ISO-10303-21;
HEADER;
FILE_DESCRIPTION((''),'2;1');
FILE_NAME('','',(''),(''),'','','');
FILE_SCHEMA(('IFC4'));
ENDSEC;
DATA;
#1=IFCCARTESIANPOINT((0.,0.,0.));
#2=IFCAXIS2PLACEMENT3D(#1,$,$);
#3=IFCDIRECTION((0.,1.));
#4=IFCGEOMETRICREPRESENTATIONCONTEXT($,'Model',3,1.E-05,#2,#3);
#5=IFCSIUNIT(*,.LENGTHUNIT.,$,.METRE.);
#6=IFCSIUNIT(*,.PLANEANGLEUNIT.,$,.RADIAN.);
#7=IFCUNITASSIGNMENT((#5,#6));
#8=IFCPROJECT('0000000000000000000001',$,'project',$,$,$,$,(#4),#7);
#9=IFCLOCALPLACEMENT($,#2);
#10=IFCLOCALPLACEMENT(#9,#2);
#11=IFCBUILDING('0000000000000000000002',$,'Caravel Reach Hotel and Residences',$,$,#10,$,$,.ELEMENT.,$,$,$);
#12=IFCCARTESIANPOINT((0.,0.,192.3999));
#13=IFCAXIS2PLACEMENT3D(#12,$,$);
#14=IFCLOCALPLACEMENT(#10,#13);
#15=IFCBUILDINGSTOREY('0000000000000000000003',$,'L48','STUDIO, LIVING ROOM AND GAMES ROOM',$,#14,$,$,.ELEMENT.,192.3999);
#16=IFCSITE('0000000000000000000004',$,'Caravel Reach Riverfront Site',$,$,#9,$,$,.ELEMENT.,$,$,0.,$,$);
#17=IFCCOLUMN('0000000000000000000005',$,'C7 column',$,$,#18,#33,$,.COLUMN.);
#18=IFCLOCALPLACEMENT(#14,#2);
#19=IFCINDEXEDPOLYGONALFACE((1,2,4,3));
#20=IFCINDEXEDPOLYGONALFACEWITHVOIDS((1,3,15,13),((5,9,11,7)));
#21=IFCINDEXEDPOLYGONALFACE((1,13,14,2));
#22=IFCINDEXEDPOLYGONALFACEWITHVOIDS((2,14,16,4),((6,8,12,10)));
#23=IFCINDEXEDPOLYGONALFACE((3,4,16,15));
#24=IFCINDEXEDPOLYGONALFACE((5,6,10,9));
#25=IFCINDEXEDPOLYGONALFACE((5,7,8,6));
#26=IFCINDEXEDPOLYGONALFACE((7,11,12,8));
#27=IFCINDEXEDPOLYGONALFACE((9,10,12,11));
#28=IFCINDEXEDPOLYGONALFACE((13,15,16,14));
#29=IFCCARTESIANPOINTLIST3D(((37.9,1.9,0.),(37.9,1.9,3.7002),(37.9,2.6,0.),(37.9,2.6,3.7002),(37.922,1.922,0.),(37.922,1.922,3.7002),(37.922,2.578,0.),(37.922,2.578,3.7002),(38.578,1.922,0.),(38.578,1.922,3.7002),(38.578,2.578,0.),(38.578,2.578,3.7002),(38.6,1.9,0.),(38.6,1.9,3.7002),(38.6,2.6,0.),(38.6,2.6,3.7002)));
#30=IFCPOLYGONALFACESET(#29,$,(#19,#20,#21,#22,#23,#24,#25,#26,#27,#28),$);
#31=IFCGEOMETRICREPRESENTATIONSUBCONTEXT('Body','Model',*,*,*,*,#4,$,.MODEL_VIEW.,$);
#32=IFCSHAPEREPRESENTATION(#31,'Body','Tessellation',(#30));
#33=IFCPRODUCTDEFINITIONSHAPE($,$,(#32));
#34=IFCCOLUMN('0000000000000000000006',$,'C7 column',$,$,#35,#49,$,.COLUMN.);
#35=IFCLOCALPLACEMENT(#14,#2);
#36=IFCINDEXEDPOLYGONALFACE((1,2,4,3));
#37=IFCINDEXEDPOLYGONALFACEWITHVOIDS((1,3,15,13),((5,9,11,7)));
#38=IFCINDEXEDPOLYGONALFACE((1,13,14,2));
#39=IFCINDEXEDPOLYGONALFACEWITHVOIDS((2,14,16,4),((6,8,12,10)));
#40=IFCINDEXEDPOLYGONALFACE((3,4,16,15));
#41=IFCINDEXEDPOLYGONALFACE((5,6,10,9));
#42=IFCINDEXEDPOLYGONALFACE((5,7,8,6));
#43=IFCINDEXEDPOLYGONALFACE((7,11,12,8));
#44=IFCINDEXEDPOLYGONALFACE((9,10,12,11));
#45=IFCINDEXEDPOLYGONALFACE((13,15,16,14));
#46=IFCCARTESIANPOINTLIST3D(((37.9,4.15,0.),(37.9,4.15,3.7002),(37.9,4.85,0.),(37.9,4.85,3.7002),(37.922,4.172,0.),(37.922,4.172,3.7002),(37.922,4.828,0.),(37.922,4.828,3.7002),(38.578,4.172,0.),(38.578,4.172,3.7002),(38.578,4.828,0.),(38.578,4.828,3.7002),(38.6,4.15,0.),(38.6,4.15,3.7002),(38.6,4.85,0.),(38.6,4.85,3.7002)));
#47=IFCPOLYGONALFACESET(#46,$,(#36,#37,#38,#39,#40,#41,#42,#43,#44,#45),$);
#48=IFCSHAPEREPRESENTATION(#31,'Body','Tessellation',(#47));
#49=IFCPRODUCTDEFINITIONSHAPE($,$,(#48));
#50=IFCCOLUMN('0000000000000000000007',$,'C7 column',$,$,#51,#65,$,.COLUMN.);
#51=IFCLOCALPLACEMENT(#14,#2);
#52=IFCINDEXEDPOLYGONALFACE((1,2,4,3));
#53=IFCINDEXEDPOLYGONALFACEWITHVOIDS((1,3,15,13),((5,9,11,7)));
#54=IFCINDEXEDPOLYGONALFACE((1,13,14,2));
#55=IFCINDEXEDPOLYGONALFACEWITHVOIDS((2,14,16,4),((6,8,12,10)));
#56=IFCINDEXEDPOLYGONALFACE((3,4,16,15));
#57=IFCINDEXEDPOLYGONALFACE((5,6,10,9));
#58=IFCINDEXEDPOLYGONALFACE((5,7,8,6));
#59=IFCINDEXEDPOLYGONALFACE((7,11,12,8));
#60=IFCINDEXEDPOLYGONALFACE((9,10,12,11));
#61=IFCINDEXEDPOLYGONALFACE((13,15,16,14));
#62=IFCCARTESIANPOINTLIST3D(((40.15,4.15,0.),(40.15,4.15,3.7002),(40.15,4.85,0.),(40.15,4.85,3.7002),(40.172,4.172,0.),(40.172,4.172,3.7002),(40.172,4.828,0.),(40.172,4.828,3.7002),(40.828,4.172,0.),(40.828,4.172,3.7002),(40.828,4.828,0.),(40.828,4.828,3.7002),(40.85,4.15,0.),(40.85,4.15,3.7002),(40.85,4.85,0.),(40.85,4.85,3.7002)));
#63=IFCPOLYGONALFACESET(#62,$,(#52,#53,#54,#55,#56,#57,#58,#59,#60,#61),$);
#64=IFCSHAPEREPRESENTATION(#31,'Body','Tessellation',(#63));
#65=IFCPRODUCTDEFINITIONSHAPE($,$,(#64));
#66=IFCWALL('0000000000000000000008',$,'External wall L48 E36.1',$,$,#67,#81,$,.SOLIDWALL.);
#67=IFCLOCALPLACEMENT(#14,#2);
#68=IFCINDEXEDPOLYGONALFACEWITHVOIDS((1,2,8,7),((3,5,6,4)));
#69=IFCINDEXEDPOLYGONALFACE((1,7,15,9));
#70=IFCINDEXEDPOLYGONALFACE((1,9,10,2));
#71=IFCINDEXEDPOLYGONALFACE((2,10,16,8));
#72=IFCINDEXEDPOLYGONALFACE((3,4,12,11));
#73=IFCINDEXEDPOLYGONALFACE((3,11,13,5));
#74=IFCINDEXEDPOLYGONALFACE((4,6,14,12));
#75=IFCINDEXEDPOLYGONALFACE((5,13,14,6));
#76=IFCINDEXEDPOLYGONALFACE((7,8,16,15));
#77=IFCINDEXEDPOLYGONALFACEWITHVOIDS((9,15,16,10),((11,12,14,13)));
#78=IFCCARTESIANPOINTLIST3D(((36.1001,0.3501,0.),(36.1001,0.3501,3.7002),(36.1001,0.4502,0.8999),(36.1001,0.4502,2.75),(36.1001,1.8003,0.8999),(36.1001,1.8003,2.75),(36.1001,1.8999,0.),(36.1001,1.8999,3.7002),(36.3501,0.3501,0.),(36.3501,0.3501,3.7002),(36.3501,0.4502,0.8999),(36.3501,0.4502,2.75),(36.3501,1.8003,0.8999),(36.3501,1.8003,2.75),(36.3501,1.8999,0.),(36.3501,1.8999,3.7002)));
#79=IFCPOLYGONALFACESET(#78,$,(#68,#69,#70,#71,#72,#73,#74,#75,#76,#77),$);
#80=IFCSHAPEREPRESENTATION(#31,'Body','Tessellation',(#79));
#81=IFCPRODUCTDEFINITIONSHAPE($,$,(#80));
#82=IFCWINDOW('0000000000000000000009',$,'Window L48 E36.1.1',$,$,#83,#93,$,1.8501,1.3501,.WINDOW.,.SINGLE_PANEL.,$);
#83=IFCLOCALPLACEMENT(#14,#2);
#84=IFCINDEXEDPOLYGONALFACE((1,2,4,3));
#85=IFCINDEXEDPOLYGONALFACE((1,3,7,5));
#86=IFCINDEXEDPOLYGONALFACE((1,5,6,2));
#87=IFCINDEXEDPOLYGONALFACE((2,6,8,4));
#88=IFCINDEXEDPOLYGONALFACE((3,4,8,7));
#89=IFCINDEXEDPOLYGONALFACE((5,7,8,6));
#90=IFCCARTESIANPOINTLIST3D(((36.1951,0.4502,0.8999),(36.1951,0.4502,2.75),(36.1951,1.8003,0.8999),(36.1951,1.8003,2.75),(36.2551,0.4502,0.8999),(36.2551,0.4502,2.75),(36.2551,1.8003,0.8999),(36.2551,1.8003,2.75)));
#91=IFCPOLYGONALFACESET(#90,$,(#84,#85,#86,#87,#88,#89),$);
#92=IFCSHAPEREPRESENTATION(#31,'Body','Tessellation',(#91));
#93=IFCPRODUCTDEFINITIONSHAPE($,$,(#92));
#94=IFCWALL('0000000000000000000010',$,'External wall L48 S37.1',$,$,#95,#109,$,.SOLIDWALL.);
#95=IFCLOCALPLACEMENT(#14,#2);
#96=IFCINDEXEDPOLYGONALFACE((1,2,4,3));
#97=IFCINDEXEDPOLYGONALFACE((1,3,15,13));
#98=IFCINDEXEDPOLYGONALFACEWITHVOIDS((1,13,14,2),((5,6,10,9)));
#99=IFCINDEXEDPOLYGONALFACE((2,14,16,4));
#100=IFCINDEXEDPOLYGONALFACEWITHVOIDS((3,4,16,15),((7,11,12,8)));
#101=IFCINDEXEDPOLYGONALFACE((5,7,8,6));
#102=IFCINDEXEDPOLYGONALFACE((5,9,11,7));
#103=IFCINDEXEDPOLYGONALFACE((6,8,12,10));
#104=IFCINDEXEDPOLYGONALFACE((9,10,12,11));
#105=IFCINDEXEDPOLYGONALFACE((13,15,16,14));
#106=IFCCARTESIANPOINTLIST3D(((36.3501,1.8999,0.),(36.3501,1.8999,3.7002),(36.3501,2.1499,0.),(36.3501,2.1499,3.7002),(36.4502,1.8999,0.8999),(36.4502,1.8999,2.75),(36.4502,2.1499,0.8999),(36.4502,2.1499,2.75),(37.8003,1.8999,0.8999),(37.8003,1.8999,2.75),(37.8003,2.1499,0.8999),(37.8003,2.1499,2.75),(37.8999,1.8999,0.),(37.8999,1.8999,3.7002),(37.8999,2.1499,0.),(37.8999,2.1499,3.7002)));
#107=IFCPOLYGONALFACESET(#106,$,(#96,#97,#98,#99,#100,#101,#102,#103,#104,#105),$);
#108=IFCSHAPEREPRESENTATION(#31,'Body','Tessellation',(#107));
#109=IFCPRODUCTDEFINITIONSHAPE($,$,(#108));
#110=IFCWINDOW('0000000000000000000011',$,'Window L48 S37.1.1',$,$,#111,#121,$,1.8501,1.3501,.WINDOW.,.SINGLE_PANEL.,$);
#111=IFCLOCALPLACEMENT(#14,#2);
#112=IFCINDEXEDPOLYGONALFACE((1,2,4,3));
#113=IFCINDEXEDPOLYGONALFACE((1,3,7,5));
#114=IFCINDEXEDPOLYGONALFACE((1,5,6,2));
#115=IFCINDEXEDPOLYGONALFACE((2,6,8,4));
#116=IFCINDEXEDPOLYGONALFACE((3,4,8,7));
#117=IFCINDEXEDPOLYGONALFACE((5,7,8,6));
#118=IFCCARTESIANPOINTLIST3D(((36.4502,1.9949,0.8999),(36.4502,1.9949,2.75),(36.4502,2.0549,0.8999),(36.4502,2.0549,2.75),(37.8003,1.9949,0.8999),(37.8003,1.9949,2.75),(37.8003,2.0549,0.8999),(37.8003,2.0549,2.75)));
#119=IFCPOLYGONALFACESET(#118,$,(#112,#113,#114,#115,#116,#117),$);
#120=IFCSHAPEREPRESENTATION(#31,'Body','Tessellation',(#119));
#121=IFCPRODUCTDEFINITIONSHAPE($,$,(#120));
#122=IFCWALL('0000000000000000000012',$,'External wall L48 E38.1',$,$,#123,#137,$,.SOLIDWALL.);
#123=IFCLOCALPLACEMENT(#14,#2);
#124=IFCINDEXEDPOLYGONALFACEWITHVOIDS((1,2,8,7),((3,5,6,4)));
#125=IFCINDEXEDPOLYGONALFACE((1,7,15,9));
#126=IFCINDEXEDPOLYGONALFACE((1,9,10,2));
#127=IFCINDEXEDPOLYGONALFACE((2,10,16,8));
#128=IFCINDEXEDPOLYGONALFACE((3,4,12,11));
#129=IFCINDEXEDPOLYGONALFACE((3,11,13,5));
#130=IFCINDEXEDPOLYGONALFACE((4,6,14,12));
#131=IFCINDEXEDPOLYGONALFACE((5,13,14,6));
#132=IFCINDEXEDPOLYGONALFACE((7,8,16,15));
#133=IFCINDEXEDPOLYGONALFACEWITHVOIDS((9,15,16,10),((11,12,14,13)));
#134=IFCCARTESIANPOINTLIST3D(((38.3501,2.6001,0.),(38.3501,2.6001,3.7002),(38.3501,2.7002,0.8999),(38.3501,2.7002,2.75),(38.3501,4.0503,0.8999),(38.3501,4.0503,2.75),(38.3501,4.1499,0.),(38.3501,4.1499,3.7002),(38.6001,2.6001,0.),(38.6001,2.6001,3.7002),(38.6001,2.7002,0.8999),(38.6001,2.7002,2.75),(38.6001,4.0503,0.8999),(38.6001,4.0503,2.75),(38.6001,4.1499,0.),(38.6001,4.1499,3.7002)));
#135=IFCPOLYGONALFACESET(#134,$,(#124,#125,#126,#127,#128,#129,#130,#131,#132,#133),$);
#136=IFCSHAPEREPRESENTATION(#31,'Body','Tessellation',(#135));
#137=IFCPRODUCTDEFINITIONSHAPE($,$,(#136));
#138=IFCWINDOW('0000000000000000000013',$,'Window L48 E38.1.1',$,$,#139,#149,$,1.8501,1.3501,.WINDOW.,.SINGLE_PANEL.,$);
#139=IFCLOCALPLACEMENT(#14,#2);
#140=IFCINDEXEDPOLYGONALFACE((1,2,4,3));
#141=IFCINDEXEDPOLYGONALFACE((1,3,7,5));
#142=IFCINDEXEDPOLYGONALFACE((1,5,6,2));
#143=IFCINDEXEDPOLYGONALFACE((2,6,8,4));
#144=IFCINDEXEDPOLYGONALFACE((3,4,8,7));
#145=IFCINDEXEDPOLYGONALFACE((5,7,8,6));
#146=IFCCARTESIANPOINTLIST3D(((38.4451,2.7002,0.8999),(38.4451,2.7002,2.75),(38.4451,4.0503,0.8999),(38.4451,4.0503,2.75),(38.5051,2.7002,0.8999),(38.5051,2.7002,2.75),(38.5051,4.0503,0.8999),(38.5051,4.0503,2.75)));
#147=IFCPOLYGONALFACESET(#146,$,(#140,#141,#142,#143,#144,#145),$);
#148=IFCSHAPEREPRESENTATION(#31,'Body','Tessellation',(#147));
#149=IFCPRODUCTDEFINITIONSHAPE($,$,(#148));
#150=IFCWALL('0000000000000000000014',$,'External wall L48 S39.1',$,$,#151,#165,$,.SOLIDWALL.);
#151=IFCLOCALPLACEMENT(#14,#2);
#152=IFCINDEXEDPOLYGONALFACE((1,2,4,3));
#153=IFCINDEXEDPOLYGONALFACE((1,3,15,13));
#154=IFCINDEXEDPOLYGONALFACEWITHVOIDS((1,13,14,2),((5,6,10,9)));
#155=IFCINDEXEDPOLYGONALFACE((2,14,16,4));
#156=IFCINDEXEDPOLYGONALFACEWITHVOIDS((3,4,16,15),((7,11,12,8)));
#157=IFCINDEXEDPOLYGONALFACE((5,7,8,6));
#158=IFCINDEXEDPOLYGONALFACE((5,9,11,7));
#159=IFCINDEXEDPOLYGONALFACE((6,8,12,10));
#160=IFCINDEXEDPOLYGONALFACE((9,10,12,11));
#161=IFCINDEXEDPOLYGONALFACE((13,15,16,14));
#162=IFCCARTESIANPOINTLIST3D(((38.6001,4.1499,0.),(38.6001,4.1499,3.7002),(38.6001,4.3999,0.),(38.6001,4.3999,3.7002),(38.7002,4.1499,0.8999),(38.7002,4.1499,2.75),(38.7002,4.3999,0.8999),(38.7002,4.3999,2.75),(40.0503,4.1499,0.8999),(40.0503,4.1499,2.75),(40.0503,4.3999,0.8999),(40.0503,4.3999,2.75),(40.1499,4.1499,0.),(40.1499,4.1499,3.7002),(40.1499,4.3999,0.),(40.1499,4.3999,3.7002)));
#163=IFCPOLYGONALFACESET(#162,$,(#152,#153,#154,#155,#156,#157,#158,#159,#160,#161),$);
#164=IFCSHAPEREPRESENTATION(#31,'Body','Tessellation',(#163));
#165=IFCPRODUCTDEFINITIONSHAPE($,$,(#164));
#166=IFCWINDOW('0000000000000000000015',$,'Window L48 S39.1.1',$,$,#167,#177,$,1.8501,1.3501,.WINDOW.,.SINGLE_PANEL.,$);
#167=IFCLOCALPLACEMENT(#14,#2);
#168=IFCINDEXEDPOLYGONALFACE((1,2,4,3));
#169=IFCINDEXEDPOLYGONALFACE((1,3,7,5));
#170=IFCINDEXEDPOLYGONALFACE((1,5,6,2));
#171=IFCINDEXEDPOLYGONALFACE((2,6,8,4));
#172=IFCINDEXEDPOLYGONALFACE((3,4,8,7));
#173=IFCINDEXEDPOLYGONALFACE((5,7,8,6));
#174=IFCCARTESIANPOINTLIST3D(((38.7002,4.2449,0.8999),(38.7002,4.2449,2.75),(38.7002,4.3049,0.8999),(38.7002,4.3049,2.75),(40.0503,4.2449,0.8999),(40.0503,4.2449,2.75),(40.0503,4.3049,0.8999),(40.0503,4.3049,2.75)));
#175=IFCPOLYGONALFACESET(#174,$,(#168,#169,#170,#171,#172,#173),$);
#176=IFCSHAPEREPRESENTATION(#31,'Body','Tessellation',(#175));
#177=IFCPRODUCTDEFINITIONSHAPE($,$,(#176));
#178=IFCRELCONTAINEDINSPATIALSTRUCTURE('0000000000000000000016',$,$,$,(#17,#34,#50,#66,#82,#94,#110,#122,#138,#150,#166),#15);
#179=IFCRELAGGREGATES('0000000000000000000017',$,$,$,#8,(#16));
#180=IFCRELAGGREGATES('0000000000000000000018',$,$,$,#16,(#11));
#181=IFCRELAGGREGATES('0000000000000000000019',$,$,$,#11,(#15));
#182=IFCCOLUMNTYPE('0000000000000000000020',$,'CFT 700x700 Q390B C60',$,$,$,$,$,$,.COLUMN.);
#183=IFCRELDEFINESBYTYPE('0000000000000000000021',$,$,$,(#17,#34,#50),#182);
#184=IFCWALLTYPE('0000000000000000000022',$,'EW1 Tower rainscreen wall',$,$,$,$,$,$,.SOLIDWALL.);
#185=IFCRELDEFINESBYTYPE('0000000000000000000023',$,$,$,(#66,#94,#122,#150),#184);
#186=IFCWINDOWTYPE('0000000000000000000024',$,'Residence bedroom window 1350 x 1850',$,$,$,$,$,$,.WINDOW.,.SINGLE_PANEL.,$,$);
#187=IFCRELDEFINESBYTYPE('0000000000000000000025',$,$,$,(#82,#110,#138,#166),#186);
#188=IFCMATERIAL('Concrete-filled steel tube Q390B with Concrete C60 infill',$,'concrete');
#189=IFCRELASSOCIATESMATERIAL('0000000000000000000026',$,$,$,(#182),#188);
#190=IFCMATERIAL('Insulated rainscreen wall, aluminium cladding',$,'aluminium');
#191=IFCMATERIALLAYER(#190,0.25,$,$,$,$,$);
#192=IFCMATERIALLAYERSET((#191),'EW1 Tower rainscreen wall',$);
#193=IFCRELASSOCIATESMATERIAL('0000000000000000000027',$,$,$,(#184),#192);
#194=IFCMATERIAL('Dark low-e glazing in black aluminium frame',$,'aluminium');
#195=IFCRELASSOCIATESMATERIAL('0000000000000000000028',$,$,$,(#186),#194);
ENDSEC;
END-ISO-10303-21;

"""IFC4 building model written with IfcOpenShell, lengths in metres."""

from ifc_helpers import new_model, si_unit, direction, frame, frame_2d, origin, origin_2d, place, context, subcontext, project, spatial, rectangle, hollow_rectangle, extrude, material, layer, layer_set, material_profile, profile_set, type_object, element, fill, save


model = new_model("IFC4")

# Units and contexts
model_context = context("Model", 3, precision=1e-05, world=origin(), true_north=direction((0.0, 1.0)))
body_context = subcontext(model_context, "Body", "Model", "MODEL_VIEW")
ifc_project = project(units=[si_unit("LENGTHUNIT", "METRE"), si_unit("PLANEANGLEUNIT", "RADIAN")], contexts=[model_context])

# Site, building, storey
site_placement = place(None, origin())
site = spatial("IfcSite", under=ifc_project, at=site_placement, Name="Caravel Reach Riverfront Site", CompositionType="ELEMENT", RefElevation=0.0)
building_placement = place(site_placement, origin())
building = spatial("IfcBuilding", under=site, at=building_placement, Name="Caravel Reach Hotel and Residences", CompositionType="ELEMENT")
storey_placement = place(building_placement, frame((0.0, 0.0, 192.3999)))
storey = spatial("IfcBuildingStorey", under=building, at=storey_placement, Name="L48", Description="STUDIO, LIVING ROOM AND GAMES ROOM", CompositionType="ELEMENT", Elevation=192.3999)

# Columns
ifc_material_1 = material(Name="Concrete-filled steel tube Q390B with Concrete C60 infill", Category="concrete")
ifc_material_profile = material_profile(ifc_material_1, hollow_rectangle(XDim=0.7, YDim=0.7, WallThickness=0.022, at=origin_2d()), Name="RHS 700x700x22")
ifc_profile_set = profile_set([ifc_material_profile], Name="Concrete-filled steel tube Q390B with Concrete C60 infill")
column_type = type_object("IfcColumnType", Name="CFT 700x700 Q390B C60", PredefinedType="COLUMN", material=ifc_profile_set)
for number, where, z_axis, x_axis, name in (
    (1, (38.25, 2.25, 0.0), (0.0, 0.0, 1.0), (1.0, 0.0, 0.0), "C7 column"),
    (2, (38.25, 4.5, 0.0), (0.0, 0.0, 1.0), (1.0, 0.0, 0.0), "C7 column"),
    (3, (40.5, 4.5, 0.0), (0.0, 0.0, 1.0), (1.0, 0.0, 0.0), "C7 column"),
):
    element("IfcColumn", number, at=place(storey_placement, frame(where, z_axis=z_axis, x_axis=x_axis)), inside=storey, type_object=column_type, Name=name, PredefinedType="COLUMN", context=body_context, shape_type="SweptSolid", body=[
        extrude(hollow_rectangle(XDim=0.7, YDim=0.7, WallThickness=0.022, at=origin_2d()), origin(), (0.0, 0.0, 1.0), 3.7002),
    ])

# Walls, openings, windows
ifc_material_2 = material(Name="Insulated rainscreen wall, aluminium cladding", Category="aluminium")
ifc_layer = layer(ifc_material_2, 0.25)
ifc_layer_set = layer_set([ifc_layer], Name="EW1 Tower rainscreen wall")
wall_type = type_object("IfcWallType", Name="EW1 Tower rainscreen wall", PredefinedType="SOLIDWALL", material=ifc_layer_set)
wall_1_placement = place(storey_placement, frame((36.2251, 0.3501, 0.0), z_axis=(0.0, 0.0, 1.0), x_axis=(0.0, 1.0, 0.0)))
wall_1 = element("IfcWall", 4, at=wall_1_placement, inside=storey, type_object=wall_type, Name="External wall L48 E36.1", PredefinedType="SOLIDWALL", context=body_context, shape_type="SweptSolid", body=[
    extrude(rectangle(XDim=1.5498, YDim=0.25, at=frame_2d((0.7749, 0.0))), origin(), (0.0, 0.0, 1.0), 3.7002),
])
opening_1_placement = place(wall_1_placement, frame((0.1001, 0.0, 0.8999)))
opening_1 = element("IfcOpeningElement", 5, at=opening_1_placement, cuts=wall_1, PredefinedType="OPENING", context=body_context, shape_type="SweptSolid", body=[
    extrude(rectangle(XDim=1.3501, YDim=1.8501, at=frame_2d((0.675, 0.925))), frame((0.0, 0.135, 0.0), z_axis=(0.0, -1.0, 0.0), x_axis=(1.0, 0.0, 0.0)), (0.0, 0.0, 1.0), 0.27),
])
ifc_material_3 = material(Name="Dark low-e glazing in black aluminium frame", Category="aluminium")
window_type_1 = type_object("IfcWindowType", Name="Residence bedroom window 1350 x 1850", PartitioningType="SINGLE_PANEL", PredefinedType="WINDOW", material=ifc_material_3)
window_1_placement = place(opening_1_placement, origin())
window_1 = element("IfcWindow", 6, at=window_1_placement, inside=storey, type_object=window_type_1, Name="Window L48 E36.1.1", OverallHeight=1.8501, OverallWidth=1.3501, PartitioningType="SINGLE_PANEL", PredefinedType="WINDOW", context=body_context, shape_type="SweptSolid", body=[
    extrude(rectangle(XDim=1.3501, YDim=1.8501, at=frame_2d((0.675, 0.925))), frame((0.0, 0.03, 0.0), z_axis=(0.0, -1.0, 0.0), x_axis=(1.0, 0.0, 0.0)), (0.0, 0.0, 1.0), 0.0601),
])
fill(opening_1, window_1)
wall_2_placement = place(storey_placement, frame((36.3501, 2.0249, 0.0), z_axis=(0.0, 0.0, 1.0), x_axis=(1.0, 0.0, 0.0)))
wall_2 = element("IfcWall", 7, at=wall_2_placement, inside=storey, type_object=wall_type, Name="External wall L48 S37.1", PredefinedType="SOLIDWALL", context=body_context, shape_type="SweptSolid", body=[
    extrude(rectangle(XDim=1.5498, YDim=0.25, at=frame_2d((0.7749, 0.0))), origin(), (0.0, 0.0, 1.0), 3.7002),
])
opening_2_placement = place(wall_2_placement, frame((0.1001, 0.0, 0.8999)))
opening_2 = element("IfcOpeningElement", 8, at=opening_2_placement, cuts=wall_2, PredefinedType="OPENING", context=body_context, shape_type="SweptSolid", body=[
    extrude(rectangle(XDim=1.3501, YDim=1.8501, at=frame_2d((0.675, 0.925))), frame((0.0, 0.135, 0.0), z_axis=(0.0, -1.0, 0.0), x_axis=(1.0, 0.0, 0.0)), (0.0, 0.0, 1.0), 0.27),
])
window_2_placement = place(opening_2_placement, origin())
window_2 = element("IfcWindow", 9, at=window_2_placement, inside=storey, type_object=window_type_1, Name="Window L48 S37.1.1", OverallHeight=1.8501, OverallWidth=1.3501, PartitioningType="SINGLE_PANEL", PredefinedType="WINDOW", context=body_context, shape_type="SweptSolid", body=[
    extrude(rectangle(XDim=1.3501, YDim=1.8501, at=frame_2d((0.675, 0.925))), frame((0.0, 0.03, 0.0), z_axis=(0.0, -1.0, 0.0), x_axis=(1.0, 0.0, 0.0)), (0.0, 0.0, 1.0), 0.0601),
])
fill(opening_2, window_2)
wall_3_placement = place(storey_placement, frame((38.4751, 2.6001, 0.0), z_axis=(0.0, 0.0, 1.0), x_axis=(0.0, 1.0, 0.0)))
wall_3 = element("IfcWall", 10, at=wall_3_placement, inside=storey, type_object=wall_type, Name="External wall L48 E38.1", PredefinedType="SOLIDWALL", context=body_context, shape_type="SweptSolid", body=[
    extrude(rectangle(XDim=1.5498, YDim=0.25, at=frame_2d((0.7749, 0.0))), origin(), (0.0, 0.0, 1.0), 3.7002),
])
opening_3_placement = place(wall_3_placement, frame((0.1001, 0.0, 0.8999)))
opening_3 = element("IfcOpeningElement", 11, at=opening_3_placement, cuts=wall_3, PredefinedType="OPENING", context=body_context, shape_type="SweptSolid", body=[
    extrude(rectangle(XDim=1.3501, YDim=1.8501, at=frame_2d((0.675, 0.925))), frame((0.0, 0.135, 0.0), z_axis=(0.0, -1.0, 0.0), x_axis=(1.0, 0.0, 0.0)), (0.0, 0.0, 1.0), 0.27),
])
window_3_placement = place(opening_3_placement, origin())
window_3 = element("IfcWindow", 12, at=window_3_placement, inside=storey, type_object=window_type_1, Name="Window L48 E38.1.1", OverallHeight=1.8501, OverallWidth=1.3501, PartitioningType="SINGLE_PANEL", PredefinedType="WINDOW", context=body_context, shape_type="SweptSolid", body=[
    extrude(rectangle(XDim=1.3501, YDim=1.8501, at=frame_2d((0.675, 0.925))), frame((0.0, 0.03, 0.0), z_axis=(0.0, -1.0, 0.0), x_axis=(1.0, 0.0, 0.0)), (0.0, 0.0, 1.0), 0.0601),
])
fill(opening_3, window_3)
wall_4_placement = place(storey_placement, frame((38.6001, 4.2749, 0.0), z_axis=(0.0, 0.0, 1.0), x_axis=(1.0, 0.0, 0.0)))
wall_4 = element("IfcWall", 13, at=wall_4_placement, inside=storey, type_object=wall_type, Name="External wall L48 S39.1", PredefinedType="SOLIDWALL", context=body_context, shape_type="SweptSolid", body=[
    extrude(rectangle(XDim=1.5498, YDim=0.25, at=frame_2d((0.7749, 0.0))), origin(), (0.0, 0.0, 1.0), 3.7002),
])
opening_4_placement = place(wall_4_placement, frame((0.1001, 0.0, 0.8999)))
opening_4 = element("IfcOpeningElement", 14, at=opening_4_placement, cuts=wall_4, PredefinedType="OPENING", context=body_context, shape_type="SweptSolid", body=[
    extrude(rectangle(XDim=1.3501, YDim=1.8501, at=frame_2d((0.675, 0.925))), frame((0.0, 0.135, 0.0), z_axis=(0.0, -1.0, 0.0), x_axis=(1.0, 0.0, 0.0)), (0.0, 0.0, 1.0), 0.27),
])
window_4_placement = place(opening_4_placement, origin())
window_4 = element("IfcWindow", 15, at=window_4_placement, inside=storey, type_object=window_type_1, Name="Window L48 S39.1.1", OverallHeight=1.8501, OverallWidth=1.3501, PartitioningType="SINGLE_PANEL", PredefinedType="WINDOW", context=body_context, shape_type="SweptSolid", body=[
    extrude(rectangle(XDim=1.3501, YDim=1.8501, at=frame_2d((0.675, 0.925))), frame((0.0, 0.03, 0.0), z_axis=(0.0, -1.0, 0.0), x_axis=(1.0, 0.0, 0.0)), (0.0, 0.0, 1.0), 0.0601),
])
fill(opening_4, window_4)

save(model, "model.ifc")
